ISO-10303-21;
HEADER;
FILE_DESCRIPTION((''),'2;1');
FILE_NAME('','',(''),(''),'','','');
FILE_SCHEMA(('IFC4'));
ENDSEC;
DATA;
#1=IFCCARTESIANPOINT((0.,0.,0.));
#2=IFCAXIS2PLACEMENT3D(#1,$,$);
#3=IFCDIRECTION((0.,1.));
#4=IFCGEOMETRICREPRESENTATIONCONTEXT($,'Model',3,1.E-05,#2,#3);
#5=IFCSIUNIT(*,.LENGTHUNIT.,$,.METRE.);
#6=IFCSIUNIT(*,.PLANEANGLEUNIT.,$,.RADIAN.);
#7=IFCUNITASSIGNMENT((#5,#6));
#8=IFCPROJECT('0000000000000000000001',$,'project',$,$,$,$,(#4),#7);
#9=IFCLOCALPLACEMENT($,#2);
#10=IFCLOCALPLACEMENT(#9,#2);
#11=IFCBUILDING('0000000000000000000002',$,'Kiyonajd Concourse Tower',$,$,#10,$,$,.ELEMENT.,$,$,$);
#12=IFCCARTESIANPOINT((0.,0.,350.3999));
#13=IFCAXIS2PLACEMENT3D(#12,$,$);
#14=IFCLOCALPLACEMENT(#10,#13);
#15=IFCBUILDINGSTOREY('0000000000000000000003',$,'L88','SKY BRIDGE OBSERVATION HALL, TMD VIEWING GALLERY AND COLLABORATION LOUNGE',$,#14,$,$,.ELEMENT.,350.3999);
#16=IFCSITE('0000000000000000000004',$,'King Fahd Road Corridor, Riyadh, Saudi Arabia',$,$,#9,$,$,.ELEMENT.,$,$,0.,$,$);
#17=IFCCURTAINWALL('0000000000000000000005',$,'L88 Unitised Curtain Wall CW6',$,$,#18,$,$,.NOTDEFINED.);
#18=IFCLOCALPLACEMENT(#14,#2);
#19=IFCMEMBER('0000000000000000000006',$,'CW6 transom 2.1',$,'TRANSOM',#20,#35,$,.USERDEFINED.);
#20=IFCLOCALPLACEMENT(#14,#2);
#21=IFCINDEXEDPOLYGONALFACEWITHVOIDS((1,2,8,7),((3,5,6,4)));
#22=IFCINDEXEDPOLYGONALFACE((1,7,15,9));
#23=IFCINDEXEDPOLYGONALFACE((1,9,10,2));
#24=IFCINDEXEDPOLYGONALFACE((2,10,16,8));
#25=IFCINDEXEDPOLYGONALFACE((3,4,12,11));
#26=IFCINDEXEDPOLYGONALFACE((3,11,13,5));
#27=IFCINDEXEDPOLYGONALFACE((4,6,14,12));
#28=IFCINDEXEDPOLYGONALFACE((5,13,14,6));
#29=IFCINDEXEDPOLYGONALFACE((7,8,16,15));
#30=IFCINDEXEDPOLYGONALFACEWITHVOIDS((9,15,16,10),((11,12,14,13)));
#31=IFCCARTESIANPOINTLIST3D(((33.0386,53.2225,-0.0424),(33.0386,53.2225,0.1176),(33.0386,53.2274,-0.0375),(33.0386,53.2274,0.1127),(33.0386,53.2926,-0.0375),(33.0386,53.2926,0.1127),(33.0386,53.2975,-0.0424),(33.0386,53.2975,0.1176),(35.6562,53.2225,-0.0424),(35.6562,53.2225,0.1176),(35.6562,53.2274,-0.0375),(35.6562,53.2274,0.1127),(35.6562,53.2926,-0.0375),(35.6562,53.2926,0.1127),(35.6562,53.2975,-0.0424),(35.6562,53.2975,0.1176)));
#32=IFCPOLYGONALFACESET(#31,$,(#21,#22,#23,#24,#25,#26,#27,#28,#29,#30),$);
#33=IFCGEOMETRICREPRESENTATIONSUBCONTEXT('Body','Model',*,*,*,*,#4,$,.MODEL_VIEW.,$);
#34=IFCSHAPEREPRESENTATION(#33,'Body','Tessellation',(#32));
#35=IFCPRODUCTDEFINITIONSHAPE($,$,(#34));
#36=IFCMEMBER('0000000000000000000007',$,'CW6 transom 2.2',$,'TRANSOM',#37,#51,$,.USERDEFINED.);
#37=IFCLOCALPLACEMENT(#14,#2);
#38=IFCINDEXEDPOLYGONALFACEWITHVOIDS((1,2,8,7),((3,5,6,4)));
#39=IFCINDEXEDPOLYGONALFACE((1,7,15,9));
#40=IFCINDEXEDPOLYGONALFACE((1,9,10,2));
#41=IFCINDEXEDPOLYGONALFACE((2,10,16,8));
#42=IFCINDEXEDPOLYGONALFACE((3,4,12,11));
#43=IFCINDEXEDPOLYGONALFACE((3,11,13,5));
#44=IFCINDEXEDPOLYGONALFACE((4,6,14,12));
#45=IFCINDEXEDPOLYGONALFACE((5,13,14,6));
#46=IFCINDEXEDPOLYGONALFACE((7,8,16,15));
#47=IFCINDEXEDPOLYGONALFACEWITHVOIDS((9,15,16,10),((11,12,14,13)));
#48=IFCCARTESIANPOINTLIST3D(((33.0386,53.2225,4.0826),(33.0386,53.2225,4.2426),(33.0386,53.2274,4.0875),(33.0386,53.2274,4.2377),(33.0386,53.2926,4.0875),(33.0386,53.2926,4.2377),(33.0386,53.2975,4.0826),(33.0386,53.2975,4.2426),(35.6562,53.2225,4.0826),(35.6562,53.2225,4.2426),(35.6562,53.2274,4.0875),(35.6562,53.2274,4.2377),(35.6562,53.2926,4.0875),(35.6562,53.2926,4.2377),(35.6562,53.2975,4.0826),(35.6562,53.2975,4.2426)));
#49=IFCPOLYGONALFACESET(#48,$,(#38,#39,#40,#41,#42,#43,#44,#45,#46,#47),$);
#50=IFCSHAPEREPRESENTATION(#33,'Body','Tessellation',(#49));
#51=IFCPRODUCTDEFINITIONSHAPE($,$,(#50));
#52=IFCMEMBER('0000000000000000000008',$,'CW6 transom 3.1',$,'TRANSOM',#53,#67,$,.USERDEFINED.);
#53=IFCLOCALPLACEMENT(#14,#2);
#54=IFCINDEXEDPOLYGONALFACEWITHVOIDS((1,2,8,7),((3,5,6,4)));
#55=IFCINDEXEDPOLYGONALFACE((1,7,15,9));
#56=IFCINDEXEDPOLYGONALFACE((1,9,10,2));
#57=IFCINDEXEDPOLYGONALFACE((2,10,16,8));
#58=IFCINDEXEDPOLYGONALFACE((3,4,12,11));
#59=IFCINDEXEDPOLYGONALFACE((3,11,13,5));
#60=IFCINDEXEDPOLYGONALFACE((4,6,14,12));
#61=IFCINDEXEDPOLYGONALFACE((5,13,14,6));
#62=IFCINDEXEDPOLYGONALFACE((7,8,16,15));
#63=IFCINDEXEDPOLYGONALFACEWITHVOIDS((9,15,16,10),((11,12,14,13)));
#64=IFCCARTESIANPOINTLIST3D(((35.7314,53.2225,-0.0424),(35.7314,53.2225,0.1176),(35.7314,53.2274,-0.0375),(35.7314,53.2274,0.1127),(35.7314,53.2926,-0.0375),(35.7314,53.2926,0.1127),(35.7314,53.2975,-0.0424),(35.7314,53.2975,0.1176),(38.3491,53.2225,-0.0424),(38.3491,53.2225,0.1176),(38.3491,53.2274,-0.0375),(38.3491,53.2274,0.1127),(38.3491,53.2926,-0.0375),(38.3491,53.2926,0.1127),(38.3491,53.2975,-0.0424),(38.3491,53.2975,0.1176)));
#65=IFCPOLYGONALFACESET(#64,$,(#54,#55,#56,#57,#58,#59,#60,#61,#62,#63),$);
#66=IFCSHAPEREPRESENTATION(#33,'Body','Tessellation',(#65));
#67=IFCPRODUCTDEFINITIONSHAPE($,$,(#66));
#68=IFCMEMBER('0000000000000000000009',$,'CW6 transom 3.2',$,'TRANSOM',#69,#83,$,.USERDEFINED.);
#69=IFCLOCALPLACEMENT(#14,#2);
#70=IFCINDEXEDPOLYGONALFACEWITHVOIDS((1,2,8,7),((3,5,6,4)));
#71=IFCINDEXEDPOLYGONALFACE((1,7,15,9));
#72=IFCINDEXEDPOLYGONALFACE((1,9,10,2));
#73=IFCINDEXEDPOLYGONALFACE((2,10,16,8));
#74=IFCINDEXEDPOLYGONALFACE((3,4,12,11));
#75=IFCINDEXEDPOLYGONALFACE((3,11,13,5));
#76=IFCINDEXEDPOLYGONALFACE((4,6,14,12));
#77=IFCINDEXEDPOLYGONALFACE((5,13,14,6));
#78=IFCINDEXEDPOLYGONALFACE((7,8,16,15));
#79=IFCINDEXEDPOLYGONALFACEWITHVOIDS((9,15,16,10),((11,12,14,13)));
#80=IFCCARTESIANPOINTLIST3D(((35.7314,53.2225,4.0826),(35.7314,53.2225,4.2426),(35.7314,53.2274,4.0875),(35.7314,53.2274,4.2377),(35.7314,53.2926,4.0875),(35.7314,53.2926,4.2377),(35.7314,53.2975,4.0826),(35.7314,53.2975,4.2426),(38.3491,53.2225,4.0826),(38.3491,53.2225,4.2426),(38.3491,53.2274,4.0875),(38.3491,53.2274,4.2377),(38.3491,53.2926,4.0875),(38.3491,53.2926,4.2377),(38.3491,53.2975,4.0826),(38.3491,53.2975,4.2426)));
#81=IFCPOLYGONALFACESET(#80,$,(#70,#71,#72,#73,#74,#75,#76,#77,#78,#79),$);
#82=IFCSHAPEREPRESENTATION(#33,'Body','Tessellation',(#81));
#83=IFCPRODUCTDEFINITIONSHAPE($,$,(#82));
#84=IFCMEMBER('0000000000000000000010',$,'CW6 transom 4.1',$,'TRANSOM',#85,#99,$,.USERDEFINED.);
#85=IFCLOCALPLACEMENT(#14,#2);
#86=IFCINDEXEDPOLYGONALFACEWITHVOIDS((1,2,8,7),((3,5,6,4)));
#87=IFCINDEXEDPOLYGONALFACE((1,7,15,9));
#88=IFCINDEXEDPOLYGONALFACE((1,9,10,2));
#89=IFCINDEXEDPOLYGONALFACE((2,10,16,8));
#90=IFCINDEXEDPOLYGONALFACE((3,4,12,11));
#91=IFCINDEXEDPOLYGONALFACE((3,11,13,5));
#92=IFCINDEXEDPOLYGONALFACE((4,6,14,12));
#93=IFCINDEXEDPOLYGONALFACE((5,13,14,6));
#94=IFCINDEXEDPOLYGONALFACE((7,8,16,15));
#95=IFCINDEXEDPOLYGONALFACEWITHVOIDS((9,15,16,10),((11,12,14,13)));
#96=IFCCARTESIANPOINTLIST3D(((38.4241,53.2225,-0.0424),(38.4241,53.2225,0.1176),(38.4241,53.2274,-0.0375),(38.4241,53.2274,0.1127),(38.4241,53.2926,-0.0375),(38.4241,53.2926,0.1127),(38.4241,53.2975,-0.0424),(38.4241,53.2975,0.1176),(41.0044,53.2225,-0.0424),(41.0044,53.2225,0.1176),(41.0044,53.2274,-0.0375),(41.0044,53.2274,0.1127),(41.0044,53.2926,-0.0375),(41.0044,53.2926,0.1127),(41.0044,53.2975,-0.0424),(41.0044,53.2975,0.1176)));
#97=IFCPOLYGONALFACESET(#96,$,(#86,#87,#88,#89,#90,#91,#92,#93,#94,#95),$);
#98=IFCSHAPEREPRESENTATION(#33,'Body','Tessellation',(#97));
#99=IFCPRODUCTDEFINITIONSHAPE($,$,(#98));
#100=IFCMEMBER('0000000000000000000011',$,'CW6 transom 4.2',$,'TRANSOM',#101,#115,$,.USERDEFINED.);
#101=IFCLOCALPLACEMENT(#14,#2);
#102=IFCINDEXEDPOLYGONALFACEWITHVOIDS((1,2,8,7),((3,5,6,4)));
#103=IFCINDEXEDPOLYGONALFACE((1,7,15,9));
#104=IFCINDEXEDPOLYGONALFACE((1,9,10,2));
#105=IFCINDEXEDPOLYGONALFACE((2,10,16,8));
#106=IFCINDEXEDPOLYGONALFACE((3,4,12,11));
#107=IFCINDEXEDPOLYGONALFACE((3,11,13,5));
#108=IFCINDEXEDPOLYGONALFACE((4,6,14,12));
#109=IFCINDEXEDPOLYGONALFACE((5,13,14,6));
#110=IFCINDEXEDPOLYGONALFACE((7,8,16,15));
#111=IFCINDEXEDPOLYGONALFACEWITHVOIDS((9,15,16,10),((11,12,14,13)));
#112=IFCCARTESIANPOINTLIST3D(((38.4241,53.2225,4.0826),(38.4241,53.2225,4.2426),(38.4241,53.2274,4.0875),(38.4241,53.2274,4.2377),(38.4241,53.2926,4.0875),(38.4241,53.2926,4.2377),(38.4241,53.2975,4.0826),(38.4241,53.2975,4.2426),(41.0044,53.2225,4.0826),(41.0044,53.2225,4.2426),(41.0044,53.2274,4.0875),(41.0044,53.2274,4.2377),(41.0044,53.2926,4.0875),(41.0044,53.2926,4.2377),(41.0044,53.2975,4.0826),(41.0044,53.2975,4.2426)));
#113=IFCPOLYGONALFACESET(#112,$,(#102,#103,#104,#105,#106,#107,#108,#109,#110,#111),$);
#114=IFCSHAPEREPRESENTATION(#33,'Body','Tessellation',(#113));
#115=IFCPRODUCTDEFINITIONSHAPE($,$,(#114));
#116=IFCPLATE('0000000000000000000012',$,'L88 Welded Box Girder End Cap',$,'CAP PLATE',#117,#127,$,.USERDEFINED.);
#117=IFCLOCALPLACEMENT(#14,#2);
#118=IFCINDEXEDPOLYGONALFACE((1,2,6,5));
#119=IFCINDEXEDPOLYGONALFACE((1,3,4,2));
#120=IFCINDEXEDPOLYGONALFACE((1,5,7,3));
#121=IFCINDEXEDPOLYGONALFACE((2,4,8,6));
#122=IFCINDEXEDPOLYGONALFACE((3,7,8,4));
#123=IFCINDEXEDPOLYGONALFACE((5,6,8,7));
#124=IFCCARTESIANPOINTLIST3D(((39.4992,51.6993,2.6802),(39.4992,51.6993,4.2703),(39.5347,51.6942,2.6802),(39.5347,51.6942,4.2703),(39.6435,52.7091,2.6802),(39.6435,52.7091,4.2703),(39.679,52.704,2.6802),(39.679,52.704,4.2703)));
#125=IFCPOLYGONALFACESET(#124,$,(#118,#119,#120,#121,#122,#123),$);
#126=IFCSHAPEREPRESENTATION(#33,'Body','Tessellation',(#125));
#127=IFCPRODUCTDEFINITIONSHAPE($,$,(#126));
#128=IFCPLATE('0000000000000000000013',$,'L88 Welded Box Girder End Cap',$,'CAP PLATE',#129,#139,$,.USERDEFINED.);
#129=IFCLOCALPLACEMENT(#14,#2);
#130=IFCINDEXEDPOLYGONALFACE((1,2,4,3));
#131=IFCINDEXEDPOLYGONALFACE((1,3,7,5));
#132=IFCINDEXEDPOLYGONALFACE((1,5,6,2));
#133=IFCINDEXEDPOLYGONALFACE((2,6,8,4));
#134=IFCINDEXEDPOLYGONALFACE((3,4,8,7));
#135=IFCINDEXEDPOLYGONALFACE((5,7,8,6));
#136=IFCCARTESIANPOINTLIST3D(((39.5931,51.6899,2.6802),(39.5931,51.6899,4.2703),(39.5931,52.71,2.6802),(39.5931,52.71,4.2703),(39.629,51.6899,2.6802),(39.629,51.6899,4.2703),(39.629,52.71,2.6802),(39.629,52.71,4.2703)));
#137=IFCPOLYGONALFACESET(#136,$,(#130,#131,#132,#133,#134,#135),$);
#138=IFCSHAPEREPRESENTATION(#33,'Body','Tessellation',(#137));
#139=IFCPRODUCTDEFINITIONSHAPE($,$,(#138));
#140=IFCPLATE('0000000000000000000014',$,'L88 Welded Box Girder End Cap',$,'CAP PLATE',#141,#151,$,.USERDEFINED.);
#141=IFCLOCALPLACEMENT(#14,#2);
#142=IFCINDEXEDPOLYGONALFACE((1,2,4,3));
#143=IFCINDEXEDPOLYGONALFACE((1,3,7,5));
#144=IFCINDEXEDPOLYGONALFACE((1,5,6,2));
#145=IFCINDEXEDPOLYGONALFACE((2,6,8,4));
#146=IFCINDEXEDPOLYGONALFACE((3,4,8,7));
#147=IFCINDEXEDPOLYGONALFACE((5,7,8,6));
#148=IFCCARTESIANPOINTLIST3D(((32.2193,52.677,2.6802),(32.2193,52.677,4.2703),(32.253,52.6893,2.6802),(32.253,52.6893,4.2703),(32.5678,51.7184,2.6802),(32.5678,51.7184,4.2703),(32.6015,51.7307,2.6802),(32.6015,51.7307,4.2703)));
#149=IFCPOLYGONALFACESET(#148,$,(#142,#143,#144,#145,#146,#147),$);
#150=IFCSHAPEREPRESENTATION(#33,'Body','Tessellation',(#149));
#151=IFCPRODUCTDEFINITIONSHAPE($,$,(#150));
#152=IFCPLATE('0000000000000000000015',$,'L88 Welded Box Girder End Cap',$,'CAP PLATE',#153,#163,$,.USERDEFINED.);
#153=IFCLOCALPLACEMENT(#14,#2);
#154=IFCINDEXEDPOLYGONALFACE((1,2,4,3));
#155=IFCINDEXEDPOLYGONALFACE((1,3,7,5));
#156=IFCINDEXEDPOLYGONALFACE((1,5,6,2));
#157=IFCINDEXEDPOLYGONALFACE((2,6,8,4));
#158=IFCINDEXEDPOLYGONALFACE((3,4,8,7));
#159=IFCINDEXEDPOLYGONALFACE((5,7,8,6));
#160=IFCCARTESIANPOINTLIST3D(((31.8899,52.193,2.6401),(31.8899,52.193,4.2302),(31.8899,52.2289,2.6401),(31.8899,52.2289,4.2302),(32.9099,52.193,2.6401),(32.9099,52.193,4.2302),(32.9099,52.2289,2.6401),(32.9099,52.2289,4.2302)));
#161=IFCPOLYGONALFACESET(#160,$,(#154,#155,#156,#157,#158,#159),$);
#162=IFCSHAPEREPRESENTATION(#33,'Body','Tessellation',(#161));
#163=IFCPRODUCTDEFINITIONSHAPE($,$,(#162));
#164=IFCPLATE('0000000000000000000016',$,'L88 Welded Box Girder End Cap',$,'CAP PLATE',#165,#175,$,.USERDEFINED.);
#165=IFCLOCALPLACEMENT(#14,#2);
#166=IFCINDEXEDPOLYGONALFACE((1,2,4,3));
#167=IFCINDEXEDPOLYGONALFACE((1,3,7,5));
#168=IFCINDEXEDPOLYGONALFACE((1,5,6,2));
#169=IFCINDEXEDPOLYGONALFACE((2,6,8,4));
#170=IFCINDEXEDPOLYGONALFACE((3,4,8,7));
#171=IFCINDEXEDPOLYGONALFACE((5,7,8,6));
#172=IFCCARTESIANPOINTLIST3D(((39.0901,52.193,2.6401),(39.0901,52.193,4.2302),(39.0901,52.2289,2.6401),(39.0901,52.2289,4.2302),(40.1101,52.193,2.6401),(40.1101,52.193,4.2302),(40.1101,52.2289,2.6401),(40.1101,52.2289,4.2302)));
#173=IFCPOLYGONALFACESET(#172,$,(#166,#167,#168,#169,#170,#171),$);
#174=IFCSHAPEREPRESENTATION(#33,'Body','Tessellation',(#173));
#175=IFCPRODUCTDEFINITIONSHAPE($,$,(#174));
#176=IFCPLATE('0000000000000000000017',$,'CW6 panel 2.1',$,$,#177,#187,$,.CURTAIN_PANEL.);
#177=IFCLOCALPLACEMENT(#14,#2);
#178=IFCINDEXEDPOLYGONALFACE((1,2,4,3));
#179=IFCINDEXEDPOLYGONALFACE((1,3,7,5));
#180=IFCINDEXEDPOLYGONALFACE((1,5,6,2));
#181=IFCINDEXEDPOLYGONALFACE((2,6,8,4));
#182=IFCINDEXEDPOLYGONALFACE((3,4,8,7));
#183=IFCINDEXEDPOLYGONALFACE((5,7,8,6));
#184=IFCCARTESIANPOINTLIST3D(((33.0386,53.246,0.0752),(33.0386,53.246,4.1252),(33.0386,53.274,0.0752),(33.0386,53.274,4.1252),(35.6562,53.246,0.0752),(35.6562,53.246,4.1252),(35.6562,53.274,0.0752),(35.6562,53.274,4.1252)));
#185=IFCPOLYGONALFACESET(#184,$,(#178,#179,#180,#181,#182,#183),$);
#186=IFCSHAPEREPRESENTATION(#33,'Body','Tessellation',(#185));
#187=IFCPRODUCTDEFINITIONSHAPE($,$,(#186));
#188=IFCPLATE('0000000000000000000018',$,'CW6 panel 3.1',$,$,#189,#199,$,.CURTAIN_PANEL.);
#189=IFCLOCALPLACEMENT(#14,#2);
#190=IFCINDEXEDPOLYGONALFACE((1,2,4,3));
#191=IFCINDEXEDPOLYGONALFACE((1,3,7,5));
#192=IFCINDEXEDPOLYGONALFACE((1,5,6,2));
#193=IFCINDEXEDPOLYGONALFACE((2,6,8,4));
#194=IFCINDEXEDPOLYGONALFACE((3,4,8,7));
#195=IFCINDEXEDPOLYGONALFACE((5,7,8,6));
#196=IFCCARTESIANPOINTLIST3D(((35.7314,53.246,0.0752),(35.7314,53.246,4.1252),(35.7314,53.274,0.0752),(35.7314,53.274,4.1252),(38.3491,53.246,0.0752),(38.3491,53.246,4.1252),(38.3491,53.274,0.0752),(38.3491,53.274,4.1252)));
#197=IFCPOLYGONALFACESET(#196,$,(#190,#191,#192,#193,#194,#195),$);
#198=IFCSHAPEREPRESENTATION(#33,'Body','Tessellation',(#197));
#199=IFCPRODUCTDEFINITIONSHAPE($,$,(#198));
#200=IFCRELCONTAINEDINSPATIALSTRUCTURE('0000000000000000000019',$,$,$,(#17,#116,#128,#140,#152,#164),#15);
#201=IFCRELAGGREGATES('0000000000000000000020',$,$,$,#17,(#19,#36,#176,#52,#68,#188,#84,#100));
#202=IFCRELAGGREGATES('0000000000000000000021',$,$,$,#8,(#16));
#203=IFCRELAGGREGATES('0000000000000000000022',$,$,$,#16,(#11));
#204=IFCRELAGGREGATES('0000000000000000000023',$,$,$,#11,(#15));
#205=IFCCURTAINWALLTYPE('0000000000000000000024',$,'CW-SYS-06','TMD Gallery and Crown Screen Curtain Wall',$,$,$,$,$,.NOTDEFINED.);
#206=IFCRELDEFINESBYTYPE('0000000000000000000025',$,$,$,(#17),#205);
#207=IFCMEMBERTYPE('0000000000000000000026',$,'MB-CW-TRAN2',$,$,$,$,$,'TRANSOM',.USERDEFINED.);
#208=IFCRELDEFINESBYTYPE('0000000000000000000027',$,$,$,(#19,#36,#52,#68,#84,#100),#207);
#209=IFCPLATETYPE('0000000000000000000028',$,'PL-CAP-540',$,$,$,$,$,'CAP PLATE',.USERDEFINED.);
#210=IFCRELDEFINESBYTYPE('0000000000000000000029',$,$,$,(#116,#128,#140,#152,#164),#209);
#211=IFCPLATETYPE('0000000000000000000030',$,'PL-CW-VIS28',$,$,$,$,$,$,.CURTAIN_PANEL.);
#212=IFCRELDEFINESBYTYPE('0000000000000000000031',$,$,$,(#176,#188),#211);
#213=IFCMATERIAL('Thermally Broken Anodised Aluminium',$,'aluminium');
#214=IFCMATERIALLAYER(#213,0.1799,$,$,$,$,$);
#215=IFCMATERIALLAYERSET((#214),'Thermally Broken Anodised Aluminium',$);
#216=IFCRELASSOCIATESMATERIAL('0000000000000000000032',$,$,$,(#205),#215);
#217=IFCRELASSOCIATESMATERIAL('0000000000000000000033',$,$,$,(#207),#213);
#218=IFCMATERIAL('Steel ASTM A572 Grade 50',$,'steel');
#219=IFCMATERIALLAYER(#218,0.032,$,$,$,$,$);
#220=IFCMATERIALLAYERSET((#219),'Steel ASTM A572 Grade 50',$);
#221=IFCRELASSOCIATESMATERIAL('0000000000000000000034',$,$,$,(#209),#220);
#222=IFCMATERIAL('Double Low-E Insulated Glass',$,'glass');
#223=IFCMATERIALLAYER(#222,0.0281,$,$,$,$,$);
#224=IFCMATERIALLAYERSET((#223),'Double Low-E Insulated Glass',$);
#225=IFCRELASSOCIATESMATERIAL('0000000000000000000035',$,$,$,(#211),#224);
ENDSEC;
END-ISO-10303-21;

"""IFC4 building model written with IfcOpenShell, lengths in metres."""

from ifc_helpers import new_model, si_unit, direction, frame, origin, origin_2d, place, context, subcontext, project, spatial, rectangle, hollow_rectangle, extrude, material, layer, layer_set, material_profile, profile_set, type_object, element, aggregate, save


model = new_model("IFC4")

# Units and contexts
model_context = context("Model", 3, precision=1e-05, world=origin(), true_north=direction((0.0, 1.0)))
body_context = subcontext(model_context, "Body", "Model", "MODEL_VIEW")
ifc_project = project(units=[si_unit("LENGTHUNIT", "METRE"), si_unit("PLANEANGLEUNIT", "RADIAN")], contexts=[model_context])

# Site, building, storey
site_placement = place(None, origin())
site = spatial("IfcSite", under=ifc_project, at=site_placement, Name="King Fahd Road Corridor, Riyadh, Saudi Arabia", CompositionType="ELEMENT", RefElevation=0.0)
building_placement = place(site_placement, origin())
building = spatial("IfcBuilding", under=site, at=building_placement, Name="Kiyonajd Concourse Tower", CompositionType="ELEMENT")
storey_placement = place(building_placement, frame((0.0, 0.0, 350.3999)))
storey = spatial("IfcBuildingStorey", under=building, at=storey_placement, Name="L88", Description="SKY BRIDGE OBSERVATION HALL, TMD VIEWING GALLERY AND COLLABORATION LOUNGE", CompositionType="ELEMENT", Elevation=350.3999)

# Shared definitions
ifc_material_1 = material(Name="Steel ASTM A572 Grade 50", Category="steel")

# Curtain wall, members
ifc_material_2 = material(Name="Thermally Broken Anodised Aluminium", Category="aluminium")
ifc_layer_1 = layer(ifc_material_2, 0.1799)
ifc_layer_set_1 = layer_set([ifc_layer_1], Name="Thermally Broken Anodised Aluminium")
curtain_wall_type = type_object("IfcCurtainWallType", Name="CW-SYS-06", Description="TMD Gallery and Crown Screen Curtain Wall", PredefinedType="NOTDEFINED", material=ifc_layer_set_1)
curtain_wall_placement = place(storey_placement, origin())
curtain_wall = element("IfcCurtainWall", 1, at=curtain_wall_placement, inside=storey, type_object=curtain_wall_type, Name="L88 Unitised Curtain Wall CW6", PredefinedType="NOTDEFINED")
ifc_material_profile_1 = material_profile(ifc_material_2, hollow_rectangle(XDim=0.075, YDim=0.1599, WallThickness=0.0049, at=origin_2d()), Name="TRAN-75x160")
ifc_profile_set_1 = profile_set([ifc_material_profile_1], Name="Thermally Broken Anodised Aluminium")
member_type_1 = type_object("IfcMemberType", Name="MB-CW-TRAN2", ElementType="TRANSOM", PredefinedType="USERDEFINED", material=ifc_profile_set_1)
member_1_placement = place(storey_placement, frame((33.0386, 53.26, 0.0376), z_axis=(1.0, 0.0, 0.0), x_axis=(0.0, 1.0, 0.0)))
member_1 = element("IfcMember", 2, at=member_1_placement, type_object=member_type_1, Name="CW6 transom 2.1", ObjectType="TRANSOM", PredefinedType="USERDEFINED", context=body_context, shape_type="SweptSolid", body=[
    extrude(hollow_rectangle(XDim=0.075, YDim=0.1599, WallThickness=0.0049, at=origin_2d()), origin(), (0.0, 0.0, 1.0), 2.6177),
])
member_2_placement = place(storey_placement, frame((33.0386, 53.26, 4.1626), z_axis=(1.0, 0.0, 0.0), x_axis=(0.0, 1.0, 0.0)))
member_2 = element("IfcMember", 3, at=member_2_placement, type_object=member_type_1, Name="CW6 transom 2.2", ObjectType="TRANSOM", PredefinedType="USERDEFINED", context=body_context, shape_type="SweptSolid", body=[
    extrude(hollow_rectangle(XDim=0.075, YDim=0.1599, WallThickness=0.0049, at=origin_2d()), origin(), (0.0, 0.0, 1.0), 2.6177),
])
member_3_placement = place(storey_placement, frame((35.7314, 53.26, 0.0376), z_axis=(1.0, 0.0, 0.0), x_axis=(0.0, 1.0, 0.0)))
member_3 = element("IfcMember", 4, at=member_3_placement, type_object=member_type_1, Name="CW6 transom 3.1", ObjectType="TRANSOM", PredefinedType="USERDEFINED", context=body_context, shape_type="SweptSolid", body=[
    extrude(hollow_rectangle(XDim=0.075, YDim=0.1599, WallThickness=0.0049, at=origin_2d()), origin(), (0.0, 0.0, 1.0), 2.6177),
])
member_4_placement = place(storey_placement, frame((35.7314, 53.26, 4.1626), z_axis=(1.0, 0.0, 0.0), x_axis=(0.0, 1.0, 0.0)))
member_4 = element("IfcMember", 5, at=member_4_placement, type_object=member_type_1, Name="CW6 transom 3.2", ObjectType="TRANSOM", PredefinedType="USERDEFINED", context=body_context, shape_type="SweptSolid", body=[
    extrude(hollow_rectangle(XDim=0.075, YDim=0.1599, WallThickness=0.0049, at=origin_2d()), origin(), (0.0, 0.0, 1.0), 2.6177),
])
member_5_placement = place(storey_placement, frame((38.4241, 53.26, 0.0376), z_axis=(1.0, 0.0, 0.0), x_axis=(0.0, 1.0, 0.0)))
member_5 = element("IfcMember", 6, at=member_5_placement, type_object=member_type_1, Name="CW6 transom 4.1", ObjectType="TRANSOM", PredefinedType="USERDEFINED", context=body_context, shape_type="SweptSolid", body=[
    extrude(hollow_rectangle(XDim=0.075, YDim=0.1599, WallThickness=0.0049, at=origin_2d()), origin(), (0.0, 0.0, 1.0), 2.5803),
])
member_6_placement = place(storey_placement, frame((38.4241, 53.26, 4.1626), z_axis=(1.0, 0.0, 0.0), x_axis=(0.0, 1.0, 0.0)))
member_6 = element("IfcMember", 7, at=member_6_placement, type_object=member_type_1, Name="CW6 transom 4.2", ObjectType="TRANSOM", PredefinedType="USERDEFINED", context=body_context, shape_type="SweptSolid", body=[
    extrude(hollow_rectangle(XDim=0.075, YDim=0.1599, WallThickness=0.0049, at=origin_2d()), origin(), (0.0, 0.0, 1.0), 2.5803),
])

# Plates
ifc_layer_2 = layer(ifc_material_1, 0.032)
ifc_layer_set_2 = layer_set([ifc_layer_2], Name="Steel ASTM A572 Grade 50")
plate_type_1 = type_object("IfcPlateType", Name="PL-CAP-540", ElementType="CAP PLATE", PredefinedType="USERDEFINED", material=ifc_layer_set_2)
for number, where, z_axis, x_axis, name in (
    (8, (39.5891, 52.2017, 2.6802), (0.0, 0.0, 1.0), (-0.98995, 0.14142, 0.0), "L88 Welded Box Girder End Cap"),
    (9, (39.6111, 52.2, 2.6802), (0.0, 0.0, 1.0), (1.0, 0.0, 0.0), "L88 Welded Box Girder End Cap"),
    (10, (32.4104, 52.2039, 2.6802), (0.0, 0.0, 1.0), (0.939812, 0.341692, 0.0), "L88 Welded Box Girder End Cap"),
    (11, (32.3999, 52.2109, 2.6401), (0.0, 0.0, 1.0), (0.0, 1.0, 0.0), "L88 Welded Box Girder End Cap"),
    (12, (39.6001, 52.2109, 2.6401), (0.0, 0.0, 1.0), (0.0, 1.0, 0.0), "L88 Welded Box Girder End Cap"),
):
    element("IfcPlate", number, at=place(storey_placement, frame(where, z_axis=z_axis, x_axis=x_axis)), inside=storey, type_object=plate_type_1, Name=name, ObjectType="CAP PLATE", PredefinedType="USERDEFINED", context=body_context, shape_type="SweptSolid", body=[
        extrude(rectangle(XDim=0.0359, YDim=1.02, at=origin_2d()), origin(), (0.0, 0.0, 1.0), 1.5901),
    ])

# Plates
ifc_material_3 = material(Name="Double Low-E Insulated Glass", Category="glass")
ifc_layer_3 = layer(ifc_material_3, 0.0281)
ifc_layer_set_3 = layer_set([ifc_layer_3], Name="Double Low-E Insulated Glass")
plate_type_2 = type_object("IfcPlateType", Name="PL-CW-VIS28", PredefinedType="CURTAIN_PANEL", material=ifc_layer_set_3)
plate_1_placement = place(storey_placement, frame((34.3474, 53.26, 0.0752), z_axis=(0.0, 0.0, 1.0), x_axis=(1.0, 0.0, 0.0)))
plate_1 = element("IfcPlate", 13, at=plate_1_placement, type_object=plate_type_2, Name="CW6 panel 2.1", PredefinedType="CURTAIN_PANEL", context=body_context, shape_type="SweptSolid", body=[
    extrude(rectangle(XDim=2.6177, YDim=0.0281, at=origin_2d()), origin(), (0.0, 0.0, 1.0), 4.05),
])
plate_2_placement = place(storey_placement, frame((37.0403, 53.26, 0.0752), z_axis=(0.0, 0.0, 1.0), x_axis=(1.0, 0.0, 0.0)))
plate_2 = element("IfcPlate", 14, at=plate_2_placement, type_object=plate_type_2, Name="CW6 panel 3.1", PredefinedType="CURTAIN_PANEL", context=body_context, shape_type="SweptSolid", body=[
    extrude(rectangle(XDim=2.6177, YDim=0.0281, at=origin_2d()), origin(), (0.0, 0.0, 1.0), 4.05),
])
aggregate(curtain_wall, [member_1, member_2, plate_1, member_3, member_4, plate_2, member_5, member_6])

save(model, "model.ifc")
